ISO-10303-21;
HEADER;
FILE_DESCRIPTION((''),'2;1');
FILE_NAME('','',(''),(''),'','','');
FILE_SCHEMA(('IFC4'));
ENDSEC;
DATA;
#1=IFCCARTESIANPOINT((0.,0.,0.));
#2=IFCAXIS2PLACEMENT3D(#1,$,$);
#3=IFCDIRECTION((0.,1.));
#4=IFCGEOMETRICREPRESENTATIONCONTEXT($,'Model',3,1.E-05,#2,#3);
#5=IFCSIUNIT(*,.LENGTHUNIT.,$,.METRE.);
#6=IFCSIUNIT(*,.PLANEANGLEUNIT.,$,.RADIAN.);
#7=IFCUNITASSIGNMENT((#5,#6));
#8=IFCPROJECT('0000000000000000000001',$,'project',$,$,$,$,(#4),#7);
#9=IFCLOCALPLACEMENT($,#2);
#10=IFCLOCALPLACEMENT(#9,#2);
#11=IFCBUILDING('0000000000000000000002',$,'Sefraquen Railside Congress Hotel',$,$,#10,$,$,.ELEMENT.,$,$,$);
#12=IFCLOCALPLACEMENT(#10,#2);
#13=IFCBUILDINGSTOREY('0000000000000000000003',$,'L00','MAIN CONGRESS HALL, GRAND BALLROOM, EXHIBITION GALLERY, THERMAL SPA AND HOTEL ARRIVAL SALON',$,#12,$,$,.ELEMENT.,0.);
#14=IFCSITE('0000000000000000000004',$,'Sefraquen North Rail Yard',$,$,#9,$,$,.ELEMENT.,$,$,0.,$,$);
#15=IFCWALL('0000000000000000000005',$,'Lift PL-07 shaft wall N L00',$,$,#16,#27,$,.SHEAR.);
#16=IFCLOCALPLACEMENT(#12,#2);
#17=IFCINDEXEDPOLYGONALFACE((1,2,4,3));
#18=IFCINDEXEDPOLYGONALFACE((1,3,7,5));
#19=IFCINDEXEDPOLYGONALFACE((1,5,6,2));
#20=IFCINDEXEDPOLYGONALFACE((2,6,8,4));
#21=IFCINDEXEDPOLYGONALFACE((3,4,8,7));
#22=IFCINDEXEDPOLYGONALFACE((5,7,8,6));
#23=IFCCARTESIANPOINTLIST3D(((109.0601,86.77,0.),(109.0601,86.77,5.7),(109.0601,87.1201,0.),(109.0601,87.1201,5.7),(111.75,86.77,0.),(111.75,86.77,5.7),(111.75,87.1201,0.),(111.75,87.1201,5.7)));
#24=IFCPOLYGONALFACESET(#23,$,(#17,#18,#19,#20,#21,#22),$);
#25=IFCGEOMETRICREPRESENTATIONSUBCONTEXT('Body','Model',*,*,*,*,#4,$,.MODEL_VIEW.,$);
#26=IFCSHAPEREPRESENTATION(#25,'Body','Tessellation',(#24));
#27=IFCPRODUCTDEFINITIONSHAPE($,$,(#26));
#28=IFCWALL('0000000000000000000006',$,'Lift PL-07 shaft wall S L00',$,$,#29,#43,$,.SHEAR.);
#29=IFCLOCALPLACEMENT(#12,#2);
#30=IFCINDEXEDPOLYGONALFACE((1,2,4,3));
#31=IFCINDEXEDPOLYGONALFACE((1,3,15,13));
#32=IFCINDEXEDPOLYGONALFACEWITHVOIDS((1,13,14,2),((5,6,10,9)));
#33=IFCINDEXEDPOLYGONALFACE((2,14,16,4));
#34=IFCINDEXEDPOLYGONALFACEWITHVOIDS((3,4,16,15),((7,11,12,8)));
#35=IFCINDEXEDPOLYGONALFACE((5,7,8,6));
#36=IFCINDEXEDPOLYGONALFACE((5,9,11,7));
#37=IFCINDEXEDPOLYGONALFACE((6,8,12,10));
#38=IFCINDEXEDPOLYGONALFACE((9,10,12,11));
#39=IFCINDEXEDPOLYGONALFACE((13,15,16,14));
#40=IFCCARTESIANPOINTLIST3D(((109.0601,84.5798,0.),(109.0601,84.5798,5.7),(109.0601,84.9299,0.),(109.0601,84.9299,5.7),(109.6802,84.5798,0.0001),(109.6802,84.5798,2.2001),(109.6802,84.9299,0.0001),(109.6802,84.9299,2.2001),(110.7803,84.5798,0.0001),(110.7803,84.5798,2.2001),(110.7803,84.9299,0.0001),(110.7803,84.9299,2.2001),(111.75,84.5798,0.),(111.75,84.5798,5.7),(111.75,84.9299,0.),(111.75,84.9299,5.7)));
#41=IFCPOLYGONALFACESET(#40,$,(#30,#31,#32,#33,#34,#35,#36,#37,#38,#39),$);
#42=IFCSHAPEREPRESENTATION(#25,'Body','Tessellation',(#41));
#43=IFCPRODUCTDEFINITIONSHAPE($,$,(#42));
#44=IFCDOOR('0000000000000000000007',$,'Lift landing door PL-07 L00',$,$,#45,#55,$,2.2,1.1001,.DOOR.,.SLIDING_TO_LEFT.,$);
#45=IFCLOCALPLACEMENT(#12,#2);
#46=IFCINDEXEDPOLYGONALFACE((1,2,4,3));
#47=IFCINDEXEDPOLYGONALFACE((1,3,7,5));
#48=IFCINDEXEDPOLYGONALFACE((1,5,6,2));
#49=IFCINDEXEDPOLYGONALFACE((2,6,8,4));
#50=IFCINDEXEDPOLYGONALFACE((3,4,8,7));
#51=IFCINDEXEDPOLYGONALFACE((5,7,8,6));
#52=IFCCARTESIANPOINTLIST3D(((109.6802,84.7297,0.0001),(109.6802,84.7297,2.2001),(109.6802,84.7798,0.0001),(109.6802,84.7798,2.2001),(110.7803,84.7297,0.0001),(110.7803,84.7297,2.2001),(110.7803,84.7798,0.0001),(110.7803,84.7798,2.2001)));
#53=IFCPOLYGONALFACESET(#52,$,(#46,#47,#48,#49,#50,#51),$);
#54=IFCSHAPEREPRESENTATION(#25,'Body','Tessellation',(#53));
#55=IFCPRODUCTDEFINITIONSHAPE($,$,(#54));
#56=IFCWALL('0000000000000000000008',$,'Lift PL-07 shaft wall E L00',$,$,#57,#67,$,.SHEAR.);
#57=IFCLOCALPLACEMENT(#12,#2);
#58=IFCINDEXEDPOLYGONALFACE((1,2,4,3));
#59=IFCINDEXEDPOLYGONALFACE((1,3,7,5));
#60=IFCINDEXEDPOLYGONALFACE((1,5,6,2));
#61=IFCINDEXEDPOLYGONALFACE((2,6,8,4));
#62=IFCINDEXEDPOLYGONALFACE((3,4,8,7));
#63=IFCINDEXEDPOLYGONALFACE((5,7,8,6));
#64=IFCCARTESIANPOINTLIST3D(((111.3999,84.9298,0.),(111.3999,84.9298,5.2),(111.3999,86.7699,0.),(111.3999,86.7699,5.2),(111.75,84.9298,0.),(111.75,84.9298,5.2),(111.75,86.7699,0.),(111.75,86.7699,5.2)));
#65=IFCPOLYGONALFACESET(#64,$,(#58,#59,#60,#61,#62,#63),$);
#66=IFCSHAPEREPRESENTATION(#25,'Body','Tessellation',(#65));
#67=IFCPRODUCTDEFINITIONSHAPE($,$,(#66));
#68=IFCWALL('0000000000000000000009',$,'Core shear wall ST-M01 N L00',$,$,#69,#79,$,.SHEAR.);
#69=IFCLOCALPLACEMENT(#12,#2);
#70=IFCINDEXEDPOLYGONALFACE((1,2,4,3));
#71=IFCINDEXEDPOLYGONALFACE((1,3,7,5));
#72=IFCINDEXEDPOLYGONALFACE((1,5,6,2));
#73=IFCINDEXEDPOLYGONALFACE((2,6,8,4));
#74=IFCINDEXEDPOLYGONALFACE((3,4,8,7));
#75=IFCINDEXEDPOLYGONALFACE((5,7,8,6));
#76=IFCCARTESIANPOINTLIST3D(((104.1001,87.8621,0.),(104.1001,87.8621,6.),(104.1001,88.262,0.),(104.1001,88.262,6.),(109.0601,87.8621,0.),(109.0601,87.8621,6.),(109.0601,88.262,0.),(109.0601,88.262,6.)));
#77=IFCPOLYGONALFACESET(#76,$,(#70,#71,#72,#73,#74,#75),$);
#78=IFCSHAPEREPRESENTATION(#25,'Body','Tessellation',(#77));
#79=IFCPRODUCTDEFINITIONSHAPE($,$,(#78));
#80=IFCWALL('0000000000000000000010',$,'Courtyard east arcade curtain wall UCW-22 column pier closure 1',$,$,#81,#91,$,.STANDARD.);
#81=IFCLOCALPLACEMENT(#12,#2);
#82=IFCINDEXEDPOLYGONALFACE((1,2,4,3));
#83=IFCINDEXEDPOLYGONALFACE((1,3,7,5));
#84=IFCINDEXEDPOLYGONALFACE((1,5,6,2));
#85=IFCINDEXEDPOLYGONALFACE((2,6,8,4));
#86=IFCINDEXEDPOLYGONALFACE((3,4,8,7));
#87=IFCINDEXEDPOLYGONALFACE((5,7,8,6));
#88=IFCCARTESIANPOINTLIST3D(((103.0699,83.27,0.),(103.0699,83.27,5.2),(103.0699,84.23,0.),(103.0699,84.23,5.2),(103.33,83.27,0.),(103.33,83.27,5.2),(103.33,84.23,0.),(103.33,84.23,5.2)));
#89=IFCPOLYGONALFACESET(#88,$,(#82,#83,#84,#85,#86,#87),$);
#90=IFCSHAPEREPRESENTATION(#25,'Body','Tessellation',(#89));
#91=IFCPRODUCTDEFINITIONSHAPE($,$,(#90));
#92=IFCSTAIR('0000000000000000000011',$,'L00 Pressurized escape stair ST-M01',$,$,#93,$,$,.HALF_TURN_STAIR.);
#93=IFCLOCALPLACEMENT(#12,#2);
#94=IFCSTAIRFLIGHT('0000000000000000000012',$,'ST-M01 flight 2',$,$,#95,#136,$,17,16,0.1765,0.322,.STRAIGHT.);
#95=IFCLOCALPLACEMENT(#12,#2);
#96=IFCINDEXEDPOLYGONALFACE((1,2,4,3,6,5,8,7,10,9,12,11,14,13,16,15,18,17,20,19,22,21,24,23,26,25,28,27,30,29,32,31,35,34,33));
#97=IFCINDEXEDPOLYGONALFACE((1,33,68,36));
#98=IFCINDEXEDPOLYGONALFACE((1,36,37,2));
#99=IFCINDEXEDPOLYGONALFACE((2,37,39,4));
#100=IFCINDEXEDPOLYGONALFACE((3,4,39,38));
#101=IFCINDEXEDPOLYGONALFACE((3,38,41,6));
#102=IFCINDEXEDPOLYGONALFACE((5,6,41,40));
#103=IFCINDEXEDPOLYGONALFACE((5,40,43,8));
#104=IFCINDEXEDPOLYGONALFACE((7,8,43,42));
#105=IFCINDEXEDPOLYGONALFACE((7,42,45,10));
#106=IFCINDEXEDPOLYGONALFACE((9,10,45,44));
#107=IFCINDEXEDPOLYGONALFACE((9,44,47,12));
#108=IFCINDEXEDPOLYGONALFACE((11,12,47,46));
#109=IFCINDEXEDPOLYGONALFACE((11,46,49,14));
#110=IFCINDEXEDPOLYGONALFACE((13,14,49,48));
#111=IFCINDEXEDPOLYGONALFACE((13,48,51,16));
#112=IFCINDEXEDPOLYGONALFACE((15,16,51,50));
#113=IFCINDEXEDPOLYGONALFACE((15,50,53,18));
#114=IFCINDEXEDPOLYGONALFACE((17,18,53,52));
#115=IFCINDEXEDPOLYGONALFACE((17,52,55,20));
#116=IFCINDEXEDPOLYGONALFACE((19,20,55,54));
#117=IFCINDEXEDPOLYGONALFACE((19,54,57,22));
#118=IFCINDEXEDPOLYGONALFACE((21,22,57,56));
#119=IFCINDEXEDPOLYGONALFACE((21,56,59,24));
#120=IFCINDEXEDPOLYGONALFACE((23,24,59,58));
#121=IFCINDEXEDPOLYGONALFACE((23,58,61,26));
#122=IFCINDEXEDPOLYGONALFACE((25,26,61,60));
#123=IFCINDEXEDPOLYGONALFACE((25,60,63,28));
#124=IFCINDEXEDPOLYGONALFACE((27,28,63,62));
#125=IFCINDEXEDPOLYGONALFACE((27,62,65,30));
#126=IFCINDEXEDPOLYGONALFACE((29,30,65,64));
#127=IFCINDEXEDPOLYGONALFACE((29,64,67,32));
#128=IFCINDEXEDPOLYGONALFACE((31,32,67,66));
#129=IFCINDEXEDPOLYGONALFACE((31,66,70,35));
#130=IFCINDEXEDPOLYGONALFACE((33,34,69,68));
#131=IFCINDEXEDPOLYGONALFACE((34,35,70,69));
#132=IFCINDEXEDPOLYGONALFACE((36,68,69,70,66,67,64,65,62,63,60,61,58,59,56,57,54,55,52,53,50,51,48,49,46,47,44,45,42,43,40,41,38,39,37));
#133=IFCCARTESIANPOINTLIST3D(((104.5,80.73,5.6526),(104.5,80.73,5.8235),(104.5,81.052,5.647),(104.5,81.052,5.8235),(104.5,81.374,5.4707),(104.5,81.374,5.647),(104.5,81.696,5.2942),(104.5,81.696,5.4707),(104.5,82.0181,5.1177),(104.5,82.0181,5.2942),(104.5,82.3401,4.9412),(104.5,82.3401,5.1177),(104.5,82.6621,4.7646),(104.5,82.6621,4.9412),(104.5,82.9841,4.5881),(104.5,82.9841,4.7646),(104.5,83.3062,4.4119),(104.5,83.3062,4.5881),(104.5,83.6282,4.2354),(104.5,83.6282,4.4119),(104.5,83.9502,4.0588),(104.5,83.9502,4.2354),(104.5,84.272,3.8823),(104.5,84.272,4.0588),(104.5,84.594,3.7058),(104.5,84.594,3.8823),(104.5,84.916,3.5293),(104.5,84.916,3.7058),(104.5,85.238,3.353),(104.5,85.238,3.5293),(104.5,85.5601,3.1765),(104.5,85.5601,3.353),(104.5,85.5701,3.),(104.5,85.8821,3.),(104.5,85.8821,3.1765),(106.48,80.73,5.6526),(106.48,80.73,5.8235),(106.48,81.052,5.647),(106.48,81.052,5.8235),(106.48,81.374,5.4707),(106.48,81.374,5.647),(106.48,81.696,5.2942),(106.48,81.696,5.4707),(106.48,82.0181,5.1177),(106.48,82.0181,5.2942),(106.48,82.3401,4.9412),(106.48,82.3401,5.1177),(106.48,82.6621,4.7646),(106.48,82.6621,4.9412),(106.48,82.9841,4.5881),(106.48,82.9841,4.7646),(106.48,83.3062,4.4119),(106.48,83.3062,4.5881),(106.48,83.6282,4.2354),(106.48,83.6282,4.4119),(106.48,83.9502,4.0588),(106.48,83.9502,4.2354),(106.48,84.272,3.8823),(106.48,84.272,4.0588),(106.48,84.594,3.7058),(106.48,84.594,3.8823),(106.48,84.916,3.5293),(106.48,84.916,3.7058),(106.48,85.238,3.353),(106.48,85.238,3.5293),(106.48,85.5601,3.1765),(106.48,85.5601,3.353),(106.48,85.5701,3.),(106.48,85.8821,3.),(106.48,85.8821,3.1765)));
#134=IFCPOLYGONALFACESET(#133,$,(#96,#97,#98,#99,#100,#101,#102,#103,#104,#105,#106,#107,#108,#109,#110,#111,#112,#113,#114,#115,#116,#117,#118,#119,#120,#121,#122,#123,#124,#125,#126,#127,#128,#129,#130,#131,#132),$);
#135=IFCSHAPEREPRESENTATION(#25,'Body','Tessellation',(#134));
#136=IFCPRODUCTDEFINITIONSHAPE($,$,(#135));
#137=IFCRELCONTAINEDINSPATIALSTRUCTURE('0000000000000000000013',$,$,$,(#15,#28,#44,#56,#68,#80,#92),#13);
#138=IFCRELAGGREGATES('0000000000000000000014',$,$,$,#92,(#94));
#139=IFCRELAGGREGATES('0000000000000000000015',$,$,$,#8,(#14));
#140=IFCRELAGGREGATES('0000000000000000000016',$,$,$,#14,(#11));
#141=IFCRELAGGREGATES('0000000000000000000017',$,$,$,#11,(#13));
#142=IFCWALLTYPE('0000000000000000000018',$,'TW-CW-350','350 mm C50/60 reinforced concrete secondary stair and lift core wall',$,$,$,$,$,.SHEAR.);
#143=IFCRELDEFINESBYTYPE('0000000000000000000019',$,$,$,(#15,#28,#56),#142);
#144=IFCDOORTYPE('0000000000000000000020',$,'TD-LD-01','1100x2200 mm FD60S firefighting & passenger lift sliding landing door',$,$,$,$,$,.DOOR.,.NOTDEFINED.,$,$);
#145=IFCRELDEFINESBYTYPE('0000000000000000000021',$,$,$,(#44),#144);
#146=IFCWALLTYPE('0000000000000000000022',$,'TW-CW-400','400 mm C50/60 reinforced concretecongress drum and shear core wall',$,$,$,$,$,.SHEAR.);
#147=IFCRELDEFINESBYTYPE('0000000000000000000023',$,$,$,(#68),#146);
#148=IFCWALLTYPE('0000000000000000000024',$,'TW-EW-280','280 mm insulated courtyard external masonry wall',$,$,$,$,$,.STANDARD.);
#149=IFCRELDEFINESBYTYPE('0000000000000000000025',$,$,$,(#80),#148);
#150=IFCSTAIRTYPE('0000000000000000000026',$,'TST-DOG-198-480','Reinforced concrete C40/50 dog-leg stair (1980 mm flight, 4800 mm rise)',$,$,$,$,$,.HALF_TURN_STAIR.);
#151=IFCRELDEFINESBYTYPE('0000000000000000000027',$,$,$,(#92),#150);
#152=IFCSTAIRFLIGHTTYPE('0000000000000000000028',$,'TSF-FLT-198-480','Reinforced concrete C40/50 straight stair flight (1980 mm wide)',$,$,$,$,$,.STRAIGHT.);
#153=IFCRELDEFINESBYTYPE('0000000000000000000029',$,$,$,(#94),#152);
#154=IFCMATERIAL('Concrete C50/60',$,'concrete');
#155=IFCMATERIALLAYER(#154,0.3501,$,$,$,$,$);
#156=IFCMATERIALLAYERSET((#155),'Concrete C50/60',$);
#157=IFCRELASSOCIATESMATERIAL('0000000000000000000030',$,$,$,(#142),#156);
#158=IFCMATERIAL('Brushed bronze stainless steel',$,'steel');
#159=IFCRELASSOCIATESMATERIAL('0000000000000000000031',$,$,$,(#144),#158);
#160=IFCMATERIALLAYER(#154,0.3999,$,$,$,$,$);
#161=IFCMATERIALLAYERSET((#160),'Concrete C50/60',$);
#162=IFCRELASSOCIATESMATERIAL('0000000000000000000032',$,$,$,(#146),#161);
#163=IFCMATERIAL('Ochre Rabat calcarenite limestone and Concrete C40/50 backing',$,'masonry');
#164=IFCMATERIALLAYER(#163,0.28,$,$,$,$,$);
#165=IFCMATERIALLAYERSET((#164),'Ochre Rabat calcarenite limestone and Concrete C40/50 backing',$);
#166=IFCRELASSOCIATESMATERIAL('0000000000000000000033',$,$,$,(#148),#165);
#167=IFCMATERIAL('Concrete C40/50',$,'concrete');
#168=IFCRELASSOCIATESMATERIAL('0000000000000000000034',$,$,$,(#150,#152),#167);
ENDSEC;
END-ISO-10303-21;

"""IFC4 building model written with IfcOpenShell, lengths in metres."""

from ifc_helpers import new_model, si_unit, direction, frame, frame_2d, origin, place, context, subcontext, project, spatial, polyline, rectangle, outline, extrude, material, layer, layer_set, type_object, element, fill, aggregate, save


model = new_model("IFC4")

# Units and contexts
model_context = context("Model", 3, precision=1e-05, world=origin(), true_north=direction((0.0, 1.0)))
body_context = subcontext(model_context, "Body", "Model", "MODEL_VIEW")
ifc_project = project(units=[si_unit("LENGTHUNIT", "METRE"), si_unit("PLANEANGLEUNIT", "RADIAN")], contexts=[model_context])

# Site, building, storey
site_placement = place(None, origin())
site = spatial("IfcSite", under=ifc_project, at=site_placement, Name="Sefraquen North Rail Yard", CompositionType="ELEMENT", RefElevation=0.0)
building_placement = place(site_placement, origin())
building = spatial("IfcBuilding", under=site, at=building_placement, Name="Sefraquen Railside Congress Hotel", CompositionType="ELEMENT")
storey_placement = place(building_placement, origin())
storey = spatial("IfcBuildingStorey", under=building, at=storey_placement, Name="L00", Description="MAIN CONGRESS HALL, GRAND BALLROOM, EXHIBITION GALLERY, THERMAL SPA AND HOTEL ARRIVAL SALON", CompositionType="ELEMENT", Elevation=0.0)

# Shared definitions
ifc_material_1 = material(Name="Concrete C50/60", Category="concrete")

# Wall
ifc_layer_1 = layer(ifc_material_1, 0.3501)
ifc_layer_set_1 = layer_set([ifc_layer_1], Name="Concrete C50/60")
wall_type_1 = type_object("IfcWallType", Name="TW-CW-350", Description="350 mm C50/60 reinforced concrete secondary stair and lift core wall", PredefinedType="SHEAR", material=ifc_layer_set_1)
wall_1_placement = place(storey_placement, frame((109.0601, 86.9451, 0.0), z_axis=(0.0, 0.0, 1.0), x_axis=(1.0, 0.0, 0.0)))
element("IfcWall", 1, at=wall_1_placement, inside=storey, type_object=wall_type_1, Name="Lift PL-07 shaft wall N L00", PredefinedType="SHEAR", context=body_context, shape_type="SweptSolid", body=[
    extrude(rectangle(XDim=2.6899, YDim=0.3501, at=frame_2d((1.345, 0.0))), origin(), (0.0, 0.0, 1.0), 5.7),
])

# Wall, opening, door
wall_2_placement = place(storey_placement, frame((109.0601, 84.7549, 0.0), z_axis=(0.0, 0.0, 1.0), x_axis=(1.0, 0.0, 0.0)))
wall_2 = element("IfcWall", 2, at=wall_2_placement, inside=storey, type_object=wall_type_1, Name="Lift PL-07 shaft wall S L00", PredefinedType="SHEAR", context=body_context, shape_type="SweptSolid", body=[
    extrude(rectangle(XDim=2.6899, YDim=0.3501, at=frame_2d((1.345, 0.0))), origin(), (0.0, 0.0, 1.0), 5.7),
])
opening_placement = place(wall_2_placement, frame((0.6201, 0.0, 0.0)))
opening = element("IfcOpeningElement", 3, at=opening_placement, cuts=wall_2, PredefinedType="OPENING", context=body_context, shape_type="SweptSolid", body=[
    extrude(rectangle(XDim=1.1001, YDim=2.2, at=frame_2d((0.55, 1.1001))), frame((0.0, 0.1851, 0.0), z_axis=(0.0, -1.0, 0.0), x_axis=(1.0, 0.0, 0.0)), (0.0, 0.0, 1.0), 0.3701),
])
ifc_material_2 = material(Name="Brushed bronze stainless steel", Category="steel")
door_type = type_object("IfcDoorType", Name="TD-LD-01", Description="1100x2200 mm FD60S firefighting & passenger lift sliding landing door", OperationType="NOTDEFINED", PredefinedType="DOOR", material=ifc_material_2)
door_placement = place(opening_placement, origin())
door = element("IfcDoor", 4, at=door_placement, inside=storey, type_object=door_type, Name="Lift landing door PL-07 L00", OperationType="SLIDING_TO_LEFT", OverallHeight=2.2, OverallWidth=1.1001, PredefinedType="DOOR", context=body_context, shape_type="SweptSolid", body=[
    extrude(rectangle(XDim=1.1001, YDim=2.2, at=frame_2d((0.55, 1.1001))), frame((0.0, 0.0249, 0.0), z_axis=(0.0, -1.0, 0.0), x_axis=(1.0, 0.0, 0.0)), (0.0, 0.0, 1.0), 0.05),
])
fill(opening, door)

# Walls
wall_3_placement = place(storey_placement, frame((111.575, 84.9299, 0.0), z_axis=(0.0, 0.0, 1.0), x_axis=(0.0, 1.0, 0.0)))
element("IfcWall", 5, at=wall_3_placement, inside=storey, type_object=wall_type_1, Name="Lift PL-07 shaft wall E L00", PredefinedType="SHEAR", context=body_context, shape_type="SweptSolid", body=[
    extrude(rectangle(XDim=1.8401, YDim=0.3501, at=frame_2d((0.9199, 0.0))), origin(), (0.0, 0.0, 1.0), 5.2),
])
ifc_layer_2 = layer(ifc_material_1, 0.3999)
ifc_layer_set_2 = layer_set([ifc_layer_2], Name="Concrete C50/60")
wall_type_2 = type_object("IfcWallType", Name="TW-CW-400", Description="400 mm C50/60 reinforced concretecongress drum and shear core wall", PredefinedType="SHEAR", material=ifc_layer_set_2)
wall_4_placement = place(storey_placement, frame((104.1001, 88.062, 0.0), z_axis=(0.0, 0.0, 1.0), x_axis=(1.0, 0.0, 0.0)))
element("IfcWall", 6, at=wall_4_placement, inside=storey, type_object=wall_type_2, Name="Core shear wall ST-M01 N L00", PredefinedType="SHEAR", context=body_context, shape_type="SweptSolid", body=[
    extrude(rectangle(XDim=4.96, YDim=0.3999, at=frame_2d((2.48, 0.0))), origin(), (0.0, 0.0, 1.0), 6.0),
])
ifc_material_3 = material(Name="Ochre Rabat calcarenite limestone and Concrete C40/50 backing", Category="masonry")
ifc_layer_3 = layer(ifc_material_3, 0.28)
ifc_layer_set_3 = layer_set([ifc_layer_3], Name="Ochre Rabat calcarenite limestone and Concrete C40/50 backing")
wall_type_3 = type_object("IfcWallType", Name="TW-EW-280", Description="280 mm insulated courtyard external masonry wall", PredefinedType="STANDARD", material=ifc_layer_set_3)
wall_5_placement = place(storey_placement, frame((103.2, 83.27, 0.0), z_axis=(0.0, 0.0, 1.0), x_axis=(0.0, 1.0, 0.0)))
element("IfcWall", 7, at=wall_5_placement, inside=storey, type_object=wall_type_3, Name="Courtyard east arcade curtain wall UCW-22 column pier closure 1", PredefinedType="STANDARD", context=body_context, shape_type="SweptSolid", body=[
    extrude(rectangle(XDim=0.96, YDim=0.26, at=frame_2d((0.48, 0.0))), origin(), (0.0, 0.0, 1.0), 5.2),
])

# Stair, stair flight
ifc_material_4 = material(Name="Concrete C40/50", Category="concrete")
stair_type = type_object("IfcStairType", Name="TST-DOG-198-480", Description="Reinforced concrete C40/50 dog-leg stair (1980 mm flight, 4800 mm rise)", PredefinedType="HALF_TURN_STAIR", material=ifc_material_4)
stair_placement = place(storey_placement, origin())
stair = element("IfcStair", 8, at=stair_placement, inside=storey, type_object=stair_type, Name="L00 Pressurized escape stair ST-M01", PredefinedType="HALF_TURN_STAIR")
stair_flight_type = type_object("IfcStairFlightType", Name="TSF-FLT-198-480", Description="Reinforced concrete C40/50 straight stair flight (1980 mm wide)", PredefinedType="STRAIGHT", material=ifc_material_4)
stair_flight_placement = place(storey_placement, frame((105.49, 85.8821, 3.0), z_axis=(0.0, 0.0, 1.0), x_axis=(0.0, -1.0, 0.0)))
stair_flight = element("IfcStairFlight", 9, at=stair_flight_placement, type_object=stair_flight_type, Name="ST-M01 flight 2", NumberOfRisers=17, NumberOfTreads=16, PredefinedType="STRAIGHT", RiserHeight=0.1765, TreadLength=0.322, context=body_context, shape_type="SweptSolid", body=[
    extrude(outline(polyline([(0.0, 0.0), (0.0, 0.1765), (0.322, 0.1765), (0.322, 0.353), (0.644, 0.353), (0.644, 0.5293), (0.9661, 0.5293), (0.9661, 0.7058), (1.2881, 0.7058), (1.2881, 0.8823), (1.6101, 0.8823), (1.6101, 1.0588), (1.9319, 1.0588), (1.9319, 1.2354), (2.2539, 1.2354), (2.2539, 1.4119), (2.5759, 1.4119), (2.5759, 1.5881), (2.8979, 1.5881), (2.8979, 1.7646), (3.22, 1.7646), (3.22, 1.9412), (3.542, 1.9412), (3.542, 2.1177), (3.864, 2.1177), (3.864, 2.2942), (4.186, 2.2942), (4.186, 2.4707), (4.5081, 2.4707), (4.5081, 2.647), (4.8301, 2.647), (4.8301, 2.8235), (5.1521, 2.8235), (5.1521, 3.0), (5.1521, 2.6526), (0.312, 0.0), (0.0, 0.0)])), frame((0.0, 0.99, 0.0), z_axis=(0.0, -1.0, 0.0), x_axis=(1.0, 0.0, 0.0)), (0.0, 0.0, 1.0), 1.98),
])
aggregate(stair, [stair_flight])

save(model, "model.ifc")
